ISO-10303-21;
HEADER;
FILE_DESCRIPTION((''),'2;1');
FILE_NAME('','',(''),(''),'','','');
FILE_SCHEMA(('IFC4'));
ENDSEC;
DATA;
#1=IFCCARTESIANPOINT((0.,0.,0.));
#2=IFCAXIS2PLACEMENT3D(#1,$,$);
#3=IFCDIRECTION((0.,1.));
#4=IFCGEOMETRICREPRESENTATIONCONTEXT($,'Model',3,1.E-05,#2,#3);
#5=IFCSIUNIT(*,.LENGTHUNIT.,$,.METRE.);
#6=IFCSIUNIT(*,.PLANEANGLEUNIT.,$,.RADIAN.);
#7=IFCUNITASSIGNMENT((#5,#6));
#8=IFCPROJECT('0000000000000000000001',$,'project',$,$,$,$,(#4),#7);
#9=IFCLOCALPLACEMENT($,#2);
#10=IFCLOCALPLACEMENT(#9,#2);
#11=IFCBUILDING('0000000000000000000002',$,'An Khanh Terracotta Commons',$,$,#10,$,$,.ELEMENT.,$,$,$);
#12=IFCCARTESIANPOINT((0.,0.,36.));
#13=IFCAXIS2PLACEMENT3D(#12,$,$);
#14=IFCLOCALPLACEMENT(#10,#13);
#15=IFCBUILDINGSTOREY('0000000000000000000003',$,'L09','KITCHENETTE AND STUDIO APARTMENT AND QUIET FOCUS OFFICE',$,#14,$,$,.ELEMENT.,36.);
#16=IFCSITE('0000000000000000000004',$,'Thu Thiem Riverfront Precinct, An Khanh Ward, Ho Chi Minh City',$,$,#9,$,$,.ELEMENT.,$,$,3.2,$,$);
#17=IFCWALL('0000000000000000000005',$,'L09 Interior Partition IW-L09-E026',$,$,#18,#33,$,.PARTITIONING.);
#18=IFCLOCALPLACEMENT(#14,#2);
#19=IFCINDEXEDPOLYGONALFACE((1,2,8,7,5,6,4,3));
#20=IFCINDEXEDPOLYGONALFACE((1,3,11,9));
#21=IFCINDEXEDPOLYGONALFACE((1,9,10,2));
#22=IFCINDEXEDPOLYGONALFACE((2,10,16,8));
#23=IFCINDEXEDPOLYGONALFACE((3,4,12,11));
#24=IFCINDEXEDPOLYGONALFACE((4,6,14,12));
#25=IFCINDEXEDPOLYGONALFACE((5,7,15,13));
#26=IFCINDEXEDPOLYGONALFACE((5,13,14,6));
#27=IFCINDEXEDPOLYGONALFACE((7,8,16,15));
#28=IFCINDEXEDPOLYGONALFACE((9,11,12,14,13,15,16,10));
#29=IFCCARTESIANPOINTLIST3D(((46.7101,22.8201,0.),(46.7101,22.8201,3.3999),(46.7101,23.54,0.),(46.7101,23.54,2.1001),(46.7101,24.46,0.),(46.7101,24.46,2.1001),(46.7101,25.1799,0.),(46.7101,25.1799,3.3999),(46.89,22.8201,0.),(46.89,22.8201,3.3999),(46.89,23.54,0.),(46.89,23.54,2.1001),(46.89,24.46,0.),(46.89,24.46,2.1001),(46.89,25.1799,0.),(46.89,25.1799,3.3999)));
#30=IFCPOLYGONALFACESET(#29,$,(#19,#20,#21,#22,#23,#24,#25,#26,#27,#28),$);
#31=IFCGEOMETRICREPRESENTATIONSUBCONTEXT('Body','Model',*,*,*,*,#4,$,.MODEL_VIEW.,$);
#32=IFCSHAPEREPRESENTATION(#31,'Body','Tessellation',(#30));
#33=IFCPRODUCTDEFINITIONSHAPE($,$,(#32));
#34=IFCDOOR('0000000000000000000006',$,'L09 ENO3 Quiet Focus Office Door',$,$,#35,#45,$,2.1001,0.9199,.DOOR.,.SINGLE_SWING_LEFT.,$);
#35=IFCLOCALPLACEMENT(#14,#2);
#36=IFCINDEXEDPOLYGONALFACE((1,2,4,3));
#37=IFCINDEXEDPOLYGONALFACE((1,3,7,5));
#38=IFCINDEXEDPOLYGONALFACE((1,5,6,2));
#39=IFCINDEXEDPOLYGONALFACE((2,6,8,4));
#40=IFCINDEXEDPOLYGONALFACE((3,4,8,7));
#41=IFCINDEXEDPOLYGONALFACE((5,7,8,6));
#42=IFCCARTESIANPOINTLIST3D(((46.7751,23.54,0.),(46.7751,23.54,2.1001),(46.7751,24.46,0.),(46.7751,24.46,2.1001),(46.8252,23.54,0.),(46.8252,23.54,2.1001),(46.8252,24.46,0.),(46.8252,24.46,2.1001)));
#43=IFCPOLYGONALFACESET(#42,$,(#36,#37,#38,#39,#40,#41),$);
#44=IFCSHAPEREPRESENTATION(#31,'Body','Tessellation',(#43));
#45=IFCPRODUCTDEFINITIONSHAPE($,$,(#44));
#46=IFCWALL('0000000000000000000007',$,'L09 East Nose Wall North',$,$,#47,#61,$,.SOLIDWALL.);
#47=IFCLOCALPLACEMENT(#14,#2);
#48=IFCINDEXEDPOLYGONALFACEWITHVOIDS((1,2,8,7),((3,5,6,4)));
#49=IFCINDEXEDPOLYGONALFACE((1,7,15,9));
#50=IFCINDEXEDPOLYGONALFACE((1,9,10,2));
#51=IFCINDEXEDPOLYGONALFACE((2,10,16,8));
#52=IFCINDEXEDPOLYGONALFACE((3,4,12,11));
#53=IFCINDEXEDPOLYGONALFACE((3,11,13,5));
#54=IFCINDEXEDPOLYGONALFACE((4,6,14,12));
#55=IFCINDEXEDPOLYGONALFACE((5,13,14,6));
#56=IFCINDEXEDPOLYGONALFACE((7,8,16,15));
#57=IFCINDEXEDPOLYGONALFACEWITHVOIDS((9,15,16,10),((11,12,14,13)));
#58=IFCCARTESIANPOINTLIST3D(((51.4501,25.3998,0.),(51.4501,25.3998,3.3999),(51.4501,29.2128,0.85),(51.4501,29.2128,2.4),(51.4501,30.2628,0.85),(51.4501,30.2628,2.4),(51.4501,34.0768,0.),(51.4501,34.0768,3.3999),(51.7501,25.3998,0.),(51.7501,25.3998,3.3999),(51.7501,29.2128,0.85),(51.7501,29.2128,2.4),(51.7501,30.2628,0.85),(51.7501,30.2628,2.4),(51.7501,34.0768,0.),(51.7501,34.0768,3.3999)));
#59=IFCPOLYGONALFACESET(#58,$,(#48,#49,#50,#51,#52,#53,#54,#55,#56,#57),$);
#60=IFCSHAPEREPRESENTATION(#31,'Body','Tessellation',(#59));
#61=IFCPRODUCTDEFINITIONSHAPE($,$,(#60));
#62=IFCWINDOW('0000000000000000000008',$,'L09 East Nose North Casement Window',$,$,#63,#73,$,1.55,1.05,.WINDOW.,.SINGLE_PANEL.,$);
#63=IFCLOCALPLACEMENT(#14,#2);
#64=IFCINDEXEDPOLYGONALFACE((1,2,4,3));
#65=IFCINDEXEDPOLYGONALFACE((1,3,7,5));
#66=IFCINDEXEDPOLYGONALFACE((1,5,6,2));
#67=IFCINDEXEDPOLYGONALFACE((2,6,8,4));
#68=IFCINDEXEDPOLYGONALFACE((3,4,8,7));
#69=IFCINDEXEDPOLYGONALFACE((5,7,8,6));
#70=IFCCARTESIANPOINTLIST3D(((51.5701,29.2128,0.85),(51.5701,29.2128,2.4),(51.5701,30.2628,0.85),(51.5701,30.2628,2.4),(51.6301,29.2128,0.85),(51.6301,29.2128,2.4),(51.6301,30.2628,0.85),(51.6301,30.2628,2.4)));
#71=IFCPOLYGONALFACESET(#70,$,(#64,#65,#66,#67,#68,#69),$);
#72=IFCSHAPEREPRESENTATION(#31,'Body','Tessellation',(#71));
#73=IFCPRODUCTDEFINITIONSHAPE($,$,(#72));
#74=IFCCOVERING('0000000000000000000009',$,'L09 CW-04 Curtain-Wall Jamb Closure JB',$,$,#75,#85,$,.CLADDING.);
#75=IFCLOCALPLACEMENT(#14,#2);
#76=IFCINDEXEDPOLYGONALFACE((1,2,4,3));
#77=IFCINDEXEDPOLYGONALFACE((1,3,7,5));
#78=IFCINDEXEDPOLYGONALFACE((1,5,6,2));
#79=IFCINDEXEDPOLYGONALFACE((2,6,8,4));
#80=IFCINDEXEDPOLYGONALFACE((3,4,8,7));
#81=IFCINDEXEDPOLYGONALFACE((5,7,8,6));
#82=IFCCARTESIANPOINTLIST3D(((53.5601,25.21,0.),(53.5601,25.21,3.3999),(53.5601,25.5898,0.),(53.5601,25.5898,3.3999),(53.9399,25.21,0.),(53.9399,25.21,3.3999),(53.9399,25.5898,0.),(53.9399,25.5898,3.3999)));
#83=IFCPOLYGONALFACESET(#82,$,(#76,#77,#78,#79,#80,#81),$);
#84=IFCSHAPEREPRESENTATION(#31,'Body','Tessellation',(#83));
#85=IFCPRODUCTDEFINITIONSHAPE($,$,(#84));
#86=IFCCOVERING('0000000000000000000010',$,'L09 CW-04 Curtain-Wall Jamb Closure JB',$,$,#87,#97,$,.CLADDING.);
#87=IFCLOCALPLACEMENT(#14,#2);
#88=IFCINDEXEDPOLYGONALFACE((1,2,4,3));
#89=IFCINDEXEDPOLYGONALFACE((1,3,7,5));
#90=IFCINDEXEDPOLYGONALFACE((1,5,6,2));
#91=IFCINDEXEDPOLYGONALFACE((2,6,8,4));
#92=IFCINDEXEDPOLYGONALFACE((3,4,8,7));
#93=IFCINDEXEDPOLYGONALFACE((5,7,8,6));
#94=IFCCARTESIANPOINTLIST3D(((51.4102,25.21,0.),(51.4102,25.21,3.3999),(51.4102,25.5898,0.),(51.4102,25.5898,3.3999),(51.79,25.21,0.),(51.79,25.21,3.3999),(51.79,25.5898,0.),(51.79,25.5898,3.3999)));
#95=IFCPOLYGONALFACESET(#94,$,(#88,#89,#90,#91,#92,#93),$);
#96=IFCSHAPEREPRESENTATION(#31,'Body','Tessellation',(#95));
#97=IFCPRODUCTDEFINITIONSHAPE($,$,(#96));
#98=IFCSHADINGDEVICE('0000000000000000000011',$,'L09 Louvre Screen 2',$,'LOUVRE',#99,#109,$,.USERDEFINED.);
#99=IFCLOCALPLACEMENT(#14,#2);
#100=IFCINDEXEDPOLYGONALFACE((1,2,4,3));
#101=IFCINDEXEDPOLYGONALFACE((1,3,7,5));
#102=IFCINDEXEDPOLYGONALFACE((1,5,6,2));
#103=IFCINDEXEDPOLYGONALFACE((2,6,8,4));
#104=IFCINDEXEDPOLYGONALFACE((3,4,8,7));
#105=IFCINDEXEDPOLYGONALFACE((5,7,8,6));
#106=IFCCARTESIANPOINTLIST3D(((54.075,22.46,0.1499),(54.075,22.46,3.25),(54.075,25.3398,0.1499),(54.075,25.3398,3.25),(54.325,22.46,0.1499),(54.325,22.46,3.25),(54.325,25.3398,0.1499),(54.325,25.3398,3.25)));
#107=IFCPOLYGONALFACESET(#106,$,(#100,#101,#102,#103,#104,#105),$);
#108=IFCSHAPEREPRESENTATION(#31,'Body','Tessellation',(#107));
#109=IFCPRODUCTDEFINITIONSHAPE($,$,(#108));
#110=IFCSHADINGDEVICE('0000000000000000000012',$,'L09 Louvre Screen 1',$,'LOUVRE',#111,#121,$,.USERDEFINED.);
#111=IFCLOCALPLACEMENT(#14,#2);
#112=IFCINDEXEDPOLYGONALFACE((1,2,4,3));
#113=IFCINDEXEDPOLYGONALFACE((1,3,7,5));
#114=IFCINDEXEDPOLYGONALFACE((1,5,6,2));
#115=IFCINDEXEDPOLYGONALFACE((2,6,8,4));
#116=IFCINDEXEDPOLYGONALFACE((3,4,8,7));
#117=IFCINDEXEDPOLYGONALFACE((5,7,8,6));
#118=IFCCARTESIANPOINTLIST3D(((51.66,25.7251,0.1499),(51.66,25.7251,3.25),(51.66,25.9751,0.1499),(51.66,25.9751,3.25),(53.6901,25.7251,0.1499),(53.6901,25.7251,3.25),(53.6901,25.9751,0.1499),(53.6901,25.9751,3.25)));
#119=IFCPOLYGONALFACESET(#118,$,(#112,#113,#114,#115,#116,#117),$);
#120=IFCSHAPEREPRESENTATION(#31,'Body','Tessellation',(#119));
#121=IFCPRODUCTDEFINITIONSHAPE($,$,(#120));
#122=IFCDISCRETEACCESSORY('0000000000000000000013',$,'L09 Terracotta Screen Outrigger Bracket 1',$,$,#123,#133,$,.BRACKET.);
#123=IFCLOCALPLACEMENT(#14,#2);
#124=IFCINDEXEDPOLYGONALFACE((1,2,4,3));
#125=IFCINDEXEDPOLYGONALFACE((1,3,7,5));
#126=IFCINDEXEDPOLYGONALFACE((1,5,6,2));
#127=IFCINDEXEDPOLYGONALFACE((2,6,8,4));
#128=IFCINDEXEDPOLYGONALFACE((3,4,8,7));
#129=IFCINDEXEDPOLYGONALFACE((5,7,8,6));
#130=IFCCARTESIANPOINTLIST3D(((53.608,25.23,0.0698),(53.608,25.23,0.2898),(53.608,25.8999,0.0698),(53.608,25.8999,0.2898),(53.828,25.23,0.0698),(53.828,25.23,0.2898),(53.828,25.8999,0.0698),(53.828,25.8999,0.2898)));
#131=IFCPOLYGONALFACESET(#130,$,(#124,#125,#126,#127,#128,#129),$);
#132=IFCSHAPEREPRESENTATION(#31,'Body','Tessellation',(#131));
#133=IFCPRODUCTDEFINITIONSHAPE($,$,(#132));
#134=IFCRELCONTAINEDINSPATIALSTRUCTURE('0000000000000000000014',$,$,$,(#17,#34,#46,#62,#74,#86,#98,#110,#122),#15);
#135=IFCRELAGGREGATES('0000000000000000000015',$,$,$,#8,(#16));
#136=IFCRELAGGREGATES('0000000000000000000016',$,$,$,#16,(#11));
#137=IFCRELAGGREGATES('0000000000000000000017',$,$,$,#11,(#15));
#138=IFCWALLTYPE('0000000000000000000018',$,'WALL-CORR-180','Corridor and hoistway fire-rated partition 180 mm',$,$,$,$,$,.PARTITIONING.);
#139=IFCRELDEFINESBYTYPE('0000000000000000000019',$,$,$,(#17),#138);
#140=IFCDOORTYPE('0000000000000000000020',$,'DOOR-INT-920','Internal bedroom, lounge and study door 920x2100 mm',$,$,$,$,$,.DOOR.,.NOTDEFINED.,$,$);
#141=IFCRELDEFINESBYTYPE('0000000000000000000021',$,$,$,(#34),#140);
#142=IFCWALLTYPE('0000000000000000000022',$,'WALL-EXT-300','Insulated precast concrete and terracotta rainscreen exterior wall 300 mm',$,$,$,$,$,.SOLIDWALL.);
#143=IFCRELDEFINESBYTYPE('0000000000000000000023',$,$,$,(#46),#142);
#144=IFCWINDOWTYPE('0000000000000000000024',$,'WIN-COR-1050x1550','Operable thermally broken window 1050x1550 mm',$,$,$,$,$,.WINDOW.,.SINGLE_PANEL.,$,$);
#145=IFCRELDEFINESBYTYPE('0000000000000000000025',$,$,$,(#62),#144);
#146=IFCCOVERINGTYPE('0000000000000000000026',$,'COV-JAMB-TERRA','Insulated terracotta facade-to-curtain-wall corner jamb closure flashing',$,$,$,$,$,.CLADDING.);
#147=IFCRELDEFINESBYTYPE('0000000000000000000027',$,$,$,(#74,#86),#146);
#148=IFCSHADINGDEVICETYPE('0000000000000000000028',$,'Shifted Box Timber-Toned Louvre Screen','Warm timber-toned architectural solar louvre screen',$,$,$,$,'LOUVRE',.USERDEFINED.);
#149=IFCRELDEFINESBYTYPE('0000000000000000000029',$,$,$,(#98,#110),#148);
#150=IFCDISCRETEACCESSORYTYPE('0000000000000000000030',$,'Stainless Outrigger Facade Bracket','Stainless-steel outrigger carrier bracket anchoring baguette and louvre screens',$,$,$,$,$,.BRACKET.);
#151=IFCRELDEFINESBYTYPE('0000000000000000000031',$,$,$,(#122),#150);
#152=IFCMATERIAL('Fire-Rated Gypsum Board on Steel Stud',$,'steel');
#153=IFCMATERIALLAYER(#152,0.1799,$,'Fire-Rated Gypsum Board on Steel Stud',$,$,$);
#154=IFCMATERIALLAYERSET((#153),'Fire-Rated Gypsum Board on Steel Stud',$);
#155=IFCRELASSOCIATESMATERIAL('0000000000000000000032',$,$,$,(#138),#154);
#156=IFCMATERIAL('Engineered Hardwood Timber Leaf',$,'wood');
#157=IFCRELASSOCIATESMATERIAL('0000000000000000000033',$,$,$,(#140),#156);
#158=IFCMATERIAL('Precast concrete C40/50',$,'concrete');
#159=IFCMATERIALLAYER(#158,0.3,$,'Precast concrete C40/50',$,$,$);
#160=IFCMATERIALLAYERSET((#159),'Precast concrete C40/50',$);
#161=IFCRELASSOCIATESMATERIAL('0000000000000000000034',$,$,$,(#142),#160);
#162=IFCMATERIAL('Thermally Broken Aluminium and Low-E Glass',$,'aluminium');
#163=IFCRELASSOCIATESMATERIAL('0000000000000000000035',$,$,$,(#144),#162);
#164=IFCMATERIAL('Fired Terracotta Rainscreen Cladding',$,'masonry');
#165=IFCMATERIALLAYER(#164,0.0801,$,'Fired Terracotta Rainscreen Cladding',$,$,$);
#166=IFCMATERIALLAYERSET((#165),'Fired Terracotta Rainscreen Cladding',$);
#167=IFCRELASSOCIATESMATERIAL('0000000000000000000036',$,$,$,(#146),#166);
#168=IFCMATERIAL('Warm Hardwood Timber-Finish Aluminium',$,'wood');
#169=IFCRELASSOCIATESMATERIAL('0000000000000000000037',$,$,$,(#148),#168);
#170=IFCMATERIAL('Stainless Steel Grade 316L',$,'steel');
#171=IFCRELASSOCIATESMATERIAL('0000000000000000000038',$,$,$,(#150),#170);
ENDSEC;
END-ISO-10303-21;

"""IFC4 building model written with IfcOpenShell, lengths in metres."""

from ifc_helpers import new_model, si_unit, direction, frame, frame_2d, origin, origin_2d, place, context, subcontext, project, spatial, rectangle, extrude, material, layer, layer_set, type_object, element, fill, save


model = new_model("IFC4")

# Units and contexts
model_context = context("Model", 3, precision=1e-05, world=origin(), true_north=direction((0.0, 1.0)))
body_context = subcontext(model_context, "Body", "Model", "MODEL_VIEW")
ifc_project = project(units=[si_unit("LENGTHUNIT", "METRE"), si_unit("PLANEANGLEUNIT", "RADIAN")], contexts=[model_context])

# Site, building, storey
site_placement = place(None, origin())
site = spatial("IfcSite", under=ifc_project, at=site_placement, Name="Thu Thiem Riverfront Precinct, An Khanh Ward, Ho Chi Minh City", CompositionType="ELEMENT", RefElevation=3.2)
building_placement = place(site_placement, origin())
building = spatial("IfcBuilding", under=site, at=building_placement, Name="An Khanh Terracotta Commons", CompositionType="ELEMENT")
storey_placement = place(building_placement, frame((0.0, 0.0, 36.0)))
storey = spatial("IfcBuildingStorey", under=building, at=storey_placement, Name="L09", Description="KITCHENETTE AND STUDIO APARTMENT AND QUIET FOCUS OFFICE", CompositionType="ELEMENT", Elevation=36.0)

# Wall, opening, door
ifc_material_1 = material(Name="Fire-Rated Gypsum Board on Steel Stud", Category="steel")
ifc_layer_1 = layer(ifc_material_1, 0.1799, Name="Fire-Rated Gypsum Board on Steel Stud")
ifc_layer_set_1 = layer_set([ifc_layer_1], Name="Fire-Rated Gypsum Board on Steel Stud")
wall_type_1 = type_object("IfcWallType", Name="WALL-CORR-180", Description="Corridor and hoistway fire-rated partition 180 mm", PredefinedType="PARTITIONING", material=ifc_layer_set_1)
wall_1_placement = place(storey_placement, frame((46.8, 22.8201, 0.0), z_axis=(0.0, 0.0, 1.0), x_axis=(0.0, 1.0, 0.0)))
wall_1 = element("IfcWall", 1, at=wall_1_placement, inside=storey, type_object=wall_type_1, Name="L09 Interior Partition IW-L09-E026", PredefinedType="PARTITIONING", context=body_context, shape_type="SweptSolid", body=[
    extrude(rectangle(XDim=2.3599, YDim=0.1799, at=frame_2d((1.1799, 0.0))), origin(), (0.0, 0.0, 1.0), 3.3999),
])
opening_1_placement = place(wall_1_placement, frame((0.72, 0.0, 0.0)))
opening_1 = element("IfcOpeningElement", 2, at=opening_1_placement, cuts=wall_1, PredefinedType="OPENING", context=body_context, shape_type="SweptSolid", body=[
    extrude(rectangle(XDim=0.9199, YDim=2.1001, at=frame_2d((0.46, 1.05))), frame((0.0, 0.0999, 0.0), z_axis=(0.0, -1.0, 0.0), x_axis=(1.0, 0.0, 0.0)), (0.0, 0.0, 1.0), 0.2),
])
ifc_material_2 = material(Name="Engineered Hardwood Timber Leaf", Category="wood")
door_type = type_object("IfcDoorType", Name="DOOR-INT-920", Description="Internal bedroom, lounge and study door 920x2100 mm", OperationType="NOTDEFINED", PredefinedType="DOOR", material=ifc_material_2)
door_placement = place(opening_1_placement, origin())
door = element("IfcDoor", 3, at=door_placement, inside=storey, type_object=door_type, Name="L09 ENO3 Quiet Focus Office Door", OperationType="SINGLE_SWING_LEFT", OverallHeight=2.1001, OverallWidth=0.9199, PredefinedType="DOOR", context=body_context, shape_type="SweptSolid", body=[
    extrude(rectangle(XDim=0.9199, YDim=2.1001, at=frame_2d((0.46, 1.05))), frame((0.0, 0.0249, 0.0), z_axis=(0.0, -1.0, 0.0), x_axis=(1.0, 0.0, 0.0)), (0.0, 0.0, 1.0), 0.05),
])
fill(opening_1, door)

# Wall, opening, window
ifc_material_3 = material(Name="Precast concrete C40/50", Category="concrete")
ifc_layer_2 = layer(ifc_material_3, 0.3, Name="Precast concrete C40/50")
ifc_layer_set_2 = layer_set([ifc_layer_2], Name="Precast concrete C40/50")
wall_type_2 = type_object("IfcWallType", Name="WALL-EXT-300", Description="Insulated precast concrete and terracotta rainscreen exterior wall 300 mm", PredefinedType="SOLIDWALL", material=ifc_layer_set_2)
wall_2_placement = place(storey_placement, frame((51.6001, 25.3999, 0.0), z_axis=(0.0, 0.0, 1.0), x_axis=(0.0, 1.0, 0.0)))
wall_2 = element("IfcWall", 4, at=wall_2_placement, inside=storey, type_object=wall_type_2, Name="L09 East Nose Wall North", PredefinedType="SOLIDWALL", context=body_context, shape_type="SweptSolid", body=[
    extrude(rectangle(XDim=8.677, YDim=0.3, at=frame_2d((4.3384, 0.0))), origin(), (0.0, 0.0, 1.0), 3.3999),
])
opening_2_placement = place(wall_2_placement, frame((3.813, 0.0, 0.8501)))
opening_2 = element("IfcOpeningElement", 5, at=opening_2_placement, cuts=wall_2, PredefinedType="OPENING", context=body_context, shape_type="SweptSolid", body=[
    extrude(rectangle(XDim=1.05, YDim=1.55, at=frame_2d((0.5249, 0.7749))), frame((0.0, 0.1599, 0.0), z_axis=(0.0, -1.0, 0.0), x_axis=(1.0, 0.0, 0.0)), (0.0, 0.0, 1.0), 0.3201),
])
ifc_material_4 = material(Name="Thermally Broken Aluminium and Low-E Glass", Category="aluminium")
window_type = type_object("IfcWindowType", Name="WIN-COR-1050x1550", Description="Operable thermally broken window 1050x1550 mm", PartitioningType="SINGLE_PANEL", PredefinedType="WINDOW", material=ifc_material_4)
window_placement = place(opening_2_placement, origin())
window = element("IfcWindow", 6, at=window_placement, inside=storey, type_object=window_type, Name="L09 East Nose North Casement Window", OverallHeight=1.55, OverallWidth=1.05, PartitioningType="SINGLE_PANEL", PredefinedType="WINDOW", context=body_context, shape_type="SweptSolid", body=[
    extrude(rectangle(XDim=1.05, YDim=1.55, at=frame_2d((0.5249, 0.7749))), frame((0.0, 0.03, 0.0), z_axis=(0.0, -1.0, 0.0), x_axis=(1.0, 0.0, 0.0)), (0.0, 0.0, 1.0), 0.0601),
])
fill(opening_2, window)

# Coverings
ifc_material_5 = material(Name="Fired Terracotta Rainscreen Cladding", Category="masonry")
ifc_layer_3 = layer(ifc_material_5, 0.0801, Name="Fired Terracotta Rainscreen Cladding")
ifc_layer_set_3 = layer_set([ifc_layer_3], Name="Fired Terracotta Rainscreen Cladding")
covering_type = type_object("IfcCoveringType", Name="COV-JAMB-TERRA", Description="Insulated terracotta facade-to-curtain-wall corner jamb closure flashing", PredefinedType="CLADDING", material=ifc_layer_set_3)
for number, where, z_axis, x_axis, name in (
    (7, (53.75, 25.3999, 0.0), (0.0, 0.0, 1.0), (1.0, 0.0, 0.0), "L09 CW-04 Curtain-Wall Jamb Closure JB"),
    (8, (51.6001, 25.3999, 0.0), (0.0, 0.0, 1.0), (1.0, 0.0, 0.0), "L09 CW-04 Curtain-Wall Jamb Closure JB"),
):
    element("IfcCovering", number, at=place(storey_placement, frame(where, z_axis=z_axis, x_axis=x_axis)), inside=storey, type_object=covering_type, Name=name, PredefinedType="CLADDING", context=body_context, shape_type="SweptSolid", body=[
        extrude(rectangle(XDim=0.3799, YDim=0.3799, at=origin_2d()), origin(), (0.0, 0.0, 1.0), 3.3999),
    ])

# Shading devices
ifc_material_6 = material(Name="Warm Hardwood Timber-Finish Aluminium", Category="wood")
shading_device_type = type_object("IfcShadingDeviceType", Name="Shifted Box Timber-Toned Louvre Screen", Description="Warm timber-toned architectural solar louvre screen", ElementType="LOUVRE", PredefinedType="USERDEFINED", material=ifc_material_6)
shading_device_1_placement = place(storey_placement, frame((54.2, 23.8999, 0.1499), z_axis=(0.0, 0.0, 1.0), x_axis=(0.0, 1.0, 0.0)))
element("IfcShadingDevice", 9, at=shading_device_1_placement, inside=storey, type_object=shading_device_type, Name="L09 Louvre Screen 2", ObjectType="LOUVRE", PredefinedType="USERDEFINED", context=body_context, shape_type="SweptSolid", body=[
    extrude(rectangle(XDim=2.8799, YDim=0.25, at=origin_2d()), origin(), (0.0, 0.0, 1.0), 3.1001),
])
shading_device_2_placement = place(storey_placement, frame((52.675, 25.8501, 0.1499), z_axis=(0.0, 0.0, 1.0), x_axis=(-1.0, 0.0, 0.0)))
element("IfcShadingDevice", 10, at=shading_device_2_placement, inside=storey, type_object=shading_device_type, Name="L09 Louvre Screen 1", ObjectType="LOUVRE", PredefinedType="USERDEFINED", context=body_context, shape_type="SweptSolid", body=[
    extrude(rectangle(XDim=2.03, YDim=0.25, at=origin_2d()), origin(), (0.0, 0.0, 1.0), 3.1001),
])

# Discrete accessory
ifc_material_7 = material(Name="Stainless Steel Grade 316L", Category="steel")
discrete_accessory_type = type_object("IfcDiscreteAccessoryType", Name="Stainless Outrigger Facade Bracket", Description="Stainless-steel outrigger carrier bracket anchoring baguette and louvre screens", PredefinedType="BRACKET", material=ifc_material_7)
discrete_accessory_placement = place(storey_placement, frame((53.718, 25.5649, 0.0698), z_axis=(0.0, 0.0, 1.0), x_axis=(-1.0, 0.0, 0.0)))
element("IfcDiscreteAccessory", 11, at=discrete_accessory_placement, inside=storey, type_object=discrete_accessory_type, Name="L09 Terracotta Screen Outrigger Bracket 1", PredefinedType="BRACKET", context=body_context, shape_type="SweptSolid", body=[
    extrude(rectangle(XDim=0.22, YDim=0.6699, at=origin_2d()), origin(), (0.0, 0.0, 1.0), 0.22),
])

save(model, "model.ifc")
